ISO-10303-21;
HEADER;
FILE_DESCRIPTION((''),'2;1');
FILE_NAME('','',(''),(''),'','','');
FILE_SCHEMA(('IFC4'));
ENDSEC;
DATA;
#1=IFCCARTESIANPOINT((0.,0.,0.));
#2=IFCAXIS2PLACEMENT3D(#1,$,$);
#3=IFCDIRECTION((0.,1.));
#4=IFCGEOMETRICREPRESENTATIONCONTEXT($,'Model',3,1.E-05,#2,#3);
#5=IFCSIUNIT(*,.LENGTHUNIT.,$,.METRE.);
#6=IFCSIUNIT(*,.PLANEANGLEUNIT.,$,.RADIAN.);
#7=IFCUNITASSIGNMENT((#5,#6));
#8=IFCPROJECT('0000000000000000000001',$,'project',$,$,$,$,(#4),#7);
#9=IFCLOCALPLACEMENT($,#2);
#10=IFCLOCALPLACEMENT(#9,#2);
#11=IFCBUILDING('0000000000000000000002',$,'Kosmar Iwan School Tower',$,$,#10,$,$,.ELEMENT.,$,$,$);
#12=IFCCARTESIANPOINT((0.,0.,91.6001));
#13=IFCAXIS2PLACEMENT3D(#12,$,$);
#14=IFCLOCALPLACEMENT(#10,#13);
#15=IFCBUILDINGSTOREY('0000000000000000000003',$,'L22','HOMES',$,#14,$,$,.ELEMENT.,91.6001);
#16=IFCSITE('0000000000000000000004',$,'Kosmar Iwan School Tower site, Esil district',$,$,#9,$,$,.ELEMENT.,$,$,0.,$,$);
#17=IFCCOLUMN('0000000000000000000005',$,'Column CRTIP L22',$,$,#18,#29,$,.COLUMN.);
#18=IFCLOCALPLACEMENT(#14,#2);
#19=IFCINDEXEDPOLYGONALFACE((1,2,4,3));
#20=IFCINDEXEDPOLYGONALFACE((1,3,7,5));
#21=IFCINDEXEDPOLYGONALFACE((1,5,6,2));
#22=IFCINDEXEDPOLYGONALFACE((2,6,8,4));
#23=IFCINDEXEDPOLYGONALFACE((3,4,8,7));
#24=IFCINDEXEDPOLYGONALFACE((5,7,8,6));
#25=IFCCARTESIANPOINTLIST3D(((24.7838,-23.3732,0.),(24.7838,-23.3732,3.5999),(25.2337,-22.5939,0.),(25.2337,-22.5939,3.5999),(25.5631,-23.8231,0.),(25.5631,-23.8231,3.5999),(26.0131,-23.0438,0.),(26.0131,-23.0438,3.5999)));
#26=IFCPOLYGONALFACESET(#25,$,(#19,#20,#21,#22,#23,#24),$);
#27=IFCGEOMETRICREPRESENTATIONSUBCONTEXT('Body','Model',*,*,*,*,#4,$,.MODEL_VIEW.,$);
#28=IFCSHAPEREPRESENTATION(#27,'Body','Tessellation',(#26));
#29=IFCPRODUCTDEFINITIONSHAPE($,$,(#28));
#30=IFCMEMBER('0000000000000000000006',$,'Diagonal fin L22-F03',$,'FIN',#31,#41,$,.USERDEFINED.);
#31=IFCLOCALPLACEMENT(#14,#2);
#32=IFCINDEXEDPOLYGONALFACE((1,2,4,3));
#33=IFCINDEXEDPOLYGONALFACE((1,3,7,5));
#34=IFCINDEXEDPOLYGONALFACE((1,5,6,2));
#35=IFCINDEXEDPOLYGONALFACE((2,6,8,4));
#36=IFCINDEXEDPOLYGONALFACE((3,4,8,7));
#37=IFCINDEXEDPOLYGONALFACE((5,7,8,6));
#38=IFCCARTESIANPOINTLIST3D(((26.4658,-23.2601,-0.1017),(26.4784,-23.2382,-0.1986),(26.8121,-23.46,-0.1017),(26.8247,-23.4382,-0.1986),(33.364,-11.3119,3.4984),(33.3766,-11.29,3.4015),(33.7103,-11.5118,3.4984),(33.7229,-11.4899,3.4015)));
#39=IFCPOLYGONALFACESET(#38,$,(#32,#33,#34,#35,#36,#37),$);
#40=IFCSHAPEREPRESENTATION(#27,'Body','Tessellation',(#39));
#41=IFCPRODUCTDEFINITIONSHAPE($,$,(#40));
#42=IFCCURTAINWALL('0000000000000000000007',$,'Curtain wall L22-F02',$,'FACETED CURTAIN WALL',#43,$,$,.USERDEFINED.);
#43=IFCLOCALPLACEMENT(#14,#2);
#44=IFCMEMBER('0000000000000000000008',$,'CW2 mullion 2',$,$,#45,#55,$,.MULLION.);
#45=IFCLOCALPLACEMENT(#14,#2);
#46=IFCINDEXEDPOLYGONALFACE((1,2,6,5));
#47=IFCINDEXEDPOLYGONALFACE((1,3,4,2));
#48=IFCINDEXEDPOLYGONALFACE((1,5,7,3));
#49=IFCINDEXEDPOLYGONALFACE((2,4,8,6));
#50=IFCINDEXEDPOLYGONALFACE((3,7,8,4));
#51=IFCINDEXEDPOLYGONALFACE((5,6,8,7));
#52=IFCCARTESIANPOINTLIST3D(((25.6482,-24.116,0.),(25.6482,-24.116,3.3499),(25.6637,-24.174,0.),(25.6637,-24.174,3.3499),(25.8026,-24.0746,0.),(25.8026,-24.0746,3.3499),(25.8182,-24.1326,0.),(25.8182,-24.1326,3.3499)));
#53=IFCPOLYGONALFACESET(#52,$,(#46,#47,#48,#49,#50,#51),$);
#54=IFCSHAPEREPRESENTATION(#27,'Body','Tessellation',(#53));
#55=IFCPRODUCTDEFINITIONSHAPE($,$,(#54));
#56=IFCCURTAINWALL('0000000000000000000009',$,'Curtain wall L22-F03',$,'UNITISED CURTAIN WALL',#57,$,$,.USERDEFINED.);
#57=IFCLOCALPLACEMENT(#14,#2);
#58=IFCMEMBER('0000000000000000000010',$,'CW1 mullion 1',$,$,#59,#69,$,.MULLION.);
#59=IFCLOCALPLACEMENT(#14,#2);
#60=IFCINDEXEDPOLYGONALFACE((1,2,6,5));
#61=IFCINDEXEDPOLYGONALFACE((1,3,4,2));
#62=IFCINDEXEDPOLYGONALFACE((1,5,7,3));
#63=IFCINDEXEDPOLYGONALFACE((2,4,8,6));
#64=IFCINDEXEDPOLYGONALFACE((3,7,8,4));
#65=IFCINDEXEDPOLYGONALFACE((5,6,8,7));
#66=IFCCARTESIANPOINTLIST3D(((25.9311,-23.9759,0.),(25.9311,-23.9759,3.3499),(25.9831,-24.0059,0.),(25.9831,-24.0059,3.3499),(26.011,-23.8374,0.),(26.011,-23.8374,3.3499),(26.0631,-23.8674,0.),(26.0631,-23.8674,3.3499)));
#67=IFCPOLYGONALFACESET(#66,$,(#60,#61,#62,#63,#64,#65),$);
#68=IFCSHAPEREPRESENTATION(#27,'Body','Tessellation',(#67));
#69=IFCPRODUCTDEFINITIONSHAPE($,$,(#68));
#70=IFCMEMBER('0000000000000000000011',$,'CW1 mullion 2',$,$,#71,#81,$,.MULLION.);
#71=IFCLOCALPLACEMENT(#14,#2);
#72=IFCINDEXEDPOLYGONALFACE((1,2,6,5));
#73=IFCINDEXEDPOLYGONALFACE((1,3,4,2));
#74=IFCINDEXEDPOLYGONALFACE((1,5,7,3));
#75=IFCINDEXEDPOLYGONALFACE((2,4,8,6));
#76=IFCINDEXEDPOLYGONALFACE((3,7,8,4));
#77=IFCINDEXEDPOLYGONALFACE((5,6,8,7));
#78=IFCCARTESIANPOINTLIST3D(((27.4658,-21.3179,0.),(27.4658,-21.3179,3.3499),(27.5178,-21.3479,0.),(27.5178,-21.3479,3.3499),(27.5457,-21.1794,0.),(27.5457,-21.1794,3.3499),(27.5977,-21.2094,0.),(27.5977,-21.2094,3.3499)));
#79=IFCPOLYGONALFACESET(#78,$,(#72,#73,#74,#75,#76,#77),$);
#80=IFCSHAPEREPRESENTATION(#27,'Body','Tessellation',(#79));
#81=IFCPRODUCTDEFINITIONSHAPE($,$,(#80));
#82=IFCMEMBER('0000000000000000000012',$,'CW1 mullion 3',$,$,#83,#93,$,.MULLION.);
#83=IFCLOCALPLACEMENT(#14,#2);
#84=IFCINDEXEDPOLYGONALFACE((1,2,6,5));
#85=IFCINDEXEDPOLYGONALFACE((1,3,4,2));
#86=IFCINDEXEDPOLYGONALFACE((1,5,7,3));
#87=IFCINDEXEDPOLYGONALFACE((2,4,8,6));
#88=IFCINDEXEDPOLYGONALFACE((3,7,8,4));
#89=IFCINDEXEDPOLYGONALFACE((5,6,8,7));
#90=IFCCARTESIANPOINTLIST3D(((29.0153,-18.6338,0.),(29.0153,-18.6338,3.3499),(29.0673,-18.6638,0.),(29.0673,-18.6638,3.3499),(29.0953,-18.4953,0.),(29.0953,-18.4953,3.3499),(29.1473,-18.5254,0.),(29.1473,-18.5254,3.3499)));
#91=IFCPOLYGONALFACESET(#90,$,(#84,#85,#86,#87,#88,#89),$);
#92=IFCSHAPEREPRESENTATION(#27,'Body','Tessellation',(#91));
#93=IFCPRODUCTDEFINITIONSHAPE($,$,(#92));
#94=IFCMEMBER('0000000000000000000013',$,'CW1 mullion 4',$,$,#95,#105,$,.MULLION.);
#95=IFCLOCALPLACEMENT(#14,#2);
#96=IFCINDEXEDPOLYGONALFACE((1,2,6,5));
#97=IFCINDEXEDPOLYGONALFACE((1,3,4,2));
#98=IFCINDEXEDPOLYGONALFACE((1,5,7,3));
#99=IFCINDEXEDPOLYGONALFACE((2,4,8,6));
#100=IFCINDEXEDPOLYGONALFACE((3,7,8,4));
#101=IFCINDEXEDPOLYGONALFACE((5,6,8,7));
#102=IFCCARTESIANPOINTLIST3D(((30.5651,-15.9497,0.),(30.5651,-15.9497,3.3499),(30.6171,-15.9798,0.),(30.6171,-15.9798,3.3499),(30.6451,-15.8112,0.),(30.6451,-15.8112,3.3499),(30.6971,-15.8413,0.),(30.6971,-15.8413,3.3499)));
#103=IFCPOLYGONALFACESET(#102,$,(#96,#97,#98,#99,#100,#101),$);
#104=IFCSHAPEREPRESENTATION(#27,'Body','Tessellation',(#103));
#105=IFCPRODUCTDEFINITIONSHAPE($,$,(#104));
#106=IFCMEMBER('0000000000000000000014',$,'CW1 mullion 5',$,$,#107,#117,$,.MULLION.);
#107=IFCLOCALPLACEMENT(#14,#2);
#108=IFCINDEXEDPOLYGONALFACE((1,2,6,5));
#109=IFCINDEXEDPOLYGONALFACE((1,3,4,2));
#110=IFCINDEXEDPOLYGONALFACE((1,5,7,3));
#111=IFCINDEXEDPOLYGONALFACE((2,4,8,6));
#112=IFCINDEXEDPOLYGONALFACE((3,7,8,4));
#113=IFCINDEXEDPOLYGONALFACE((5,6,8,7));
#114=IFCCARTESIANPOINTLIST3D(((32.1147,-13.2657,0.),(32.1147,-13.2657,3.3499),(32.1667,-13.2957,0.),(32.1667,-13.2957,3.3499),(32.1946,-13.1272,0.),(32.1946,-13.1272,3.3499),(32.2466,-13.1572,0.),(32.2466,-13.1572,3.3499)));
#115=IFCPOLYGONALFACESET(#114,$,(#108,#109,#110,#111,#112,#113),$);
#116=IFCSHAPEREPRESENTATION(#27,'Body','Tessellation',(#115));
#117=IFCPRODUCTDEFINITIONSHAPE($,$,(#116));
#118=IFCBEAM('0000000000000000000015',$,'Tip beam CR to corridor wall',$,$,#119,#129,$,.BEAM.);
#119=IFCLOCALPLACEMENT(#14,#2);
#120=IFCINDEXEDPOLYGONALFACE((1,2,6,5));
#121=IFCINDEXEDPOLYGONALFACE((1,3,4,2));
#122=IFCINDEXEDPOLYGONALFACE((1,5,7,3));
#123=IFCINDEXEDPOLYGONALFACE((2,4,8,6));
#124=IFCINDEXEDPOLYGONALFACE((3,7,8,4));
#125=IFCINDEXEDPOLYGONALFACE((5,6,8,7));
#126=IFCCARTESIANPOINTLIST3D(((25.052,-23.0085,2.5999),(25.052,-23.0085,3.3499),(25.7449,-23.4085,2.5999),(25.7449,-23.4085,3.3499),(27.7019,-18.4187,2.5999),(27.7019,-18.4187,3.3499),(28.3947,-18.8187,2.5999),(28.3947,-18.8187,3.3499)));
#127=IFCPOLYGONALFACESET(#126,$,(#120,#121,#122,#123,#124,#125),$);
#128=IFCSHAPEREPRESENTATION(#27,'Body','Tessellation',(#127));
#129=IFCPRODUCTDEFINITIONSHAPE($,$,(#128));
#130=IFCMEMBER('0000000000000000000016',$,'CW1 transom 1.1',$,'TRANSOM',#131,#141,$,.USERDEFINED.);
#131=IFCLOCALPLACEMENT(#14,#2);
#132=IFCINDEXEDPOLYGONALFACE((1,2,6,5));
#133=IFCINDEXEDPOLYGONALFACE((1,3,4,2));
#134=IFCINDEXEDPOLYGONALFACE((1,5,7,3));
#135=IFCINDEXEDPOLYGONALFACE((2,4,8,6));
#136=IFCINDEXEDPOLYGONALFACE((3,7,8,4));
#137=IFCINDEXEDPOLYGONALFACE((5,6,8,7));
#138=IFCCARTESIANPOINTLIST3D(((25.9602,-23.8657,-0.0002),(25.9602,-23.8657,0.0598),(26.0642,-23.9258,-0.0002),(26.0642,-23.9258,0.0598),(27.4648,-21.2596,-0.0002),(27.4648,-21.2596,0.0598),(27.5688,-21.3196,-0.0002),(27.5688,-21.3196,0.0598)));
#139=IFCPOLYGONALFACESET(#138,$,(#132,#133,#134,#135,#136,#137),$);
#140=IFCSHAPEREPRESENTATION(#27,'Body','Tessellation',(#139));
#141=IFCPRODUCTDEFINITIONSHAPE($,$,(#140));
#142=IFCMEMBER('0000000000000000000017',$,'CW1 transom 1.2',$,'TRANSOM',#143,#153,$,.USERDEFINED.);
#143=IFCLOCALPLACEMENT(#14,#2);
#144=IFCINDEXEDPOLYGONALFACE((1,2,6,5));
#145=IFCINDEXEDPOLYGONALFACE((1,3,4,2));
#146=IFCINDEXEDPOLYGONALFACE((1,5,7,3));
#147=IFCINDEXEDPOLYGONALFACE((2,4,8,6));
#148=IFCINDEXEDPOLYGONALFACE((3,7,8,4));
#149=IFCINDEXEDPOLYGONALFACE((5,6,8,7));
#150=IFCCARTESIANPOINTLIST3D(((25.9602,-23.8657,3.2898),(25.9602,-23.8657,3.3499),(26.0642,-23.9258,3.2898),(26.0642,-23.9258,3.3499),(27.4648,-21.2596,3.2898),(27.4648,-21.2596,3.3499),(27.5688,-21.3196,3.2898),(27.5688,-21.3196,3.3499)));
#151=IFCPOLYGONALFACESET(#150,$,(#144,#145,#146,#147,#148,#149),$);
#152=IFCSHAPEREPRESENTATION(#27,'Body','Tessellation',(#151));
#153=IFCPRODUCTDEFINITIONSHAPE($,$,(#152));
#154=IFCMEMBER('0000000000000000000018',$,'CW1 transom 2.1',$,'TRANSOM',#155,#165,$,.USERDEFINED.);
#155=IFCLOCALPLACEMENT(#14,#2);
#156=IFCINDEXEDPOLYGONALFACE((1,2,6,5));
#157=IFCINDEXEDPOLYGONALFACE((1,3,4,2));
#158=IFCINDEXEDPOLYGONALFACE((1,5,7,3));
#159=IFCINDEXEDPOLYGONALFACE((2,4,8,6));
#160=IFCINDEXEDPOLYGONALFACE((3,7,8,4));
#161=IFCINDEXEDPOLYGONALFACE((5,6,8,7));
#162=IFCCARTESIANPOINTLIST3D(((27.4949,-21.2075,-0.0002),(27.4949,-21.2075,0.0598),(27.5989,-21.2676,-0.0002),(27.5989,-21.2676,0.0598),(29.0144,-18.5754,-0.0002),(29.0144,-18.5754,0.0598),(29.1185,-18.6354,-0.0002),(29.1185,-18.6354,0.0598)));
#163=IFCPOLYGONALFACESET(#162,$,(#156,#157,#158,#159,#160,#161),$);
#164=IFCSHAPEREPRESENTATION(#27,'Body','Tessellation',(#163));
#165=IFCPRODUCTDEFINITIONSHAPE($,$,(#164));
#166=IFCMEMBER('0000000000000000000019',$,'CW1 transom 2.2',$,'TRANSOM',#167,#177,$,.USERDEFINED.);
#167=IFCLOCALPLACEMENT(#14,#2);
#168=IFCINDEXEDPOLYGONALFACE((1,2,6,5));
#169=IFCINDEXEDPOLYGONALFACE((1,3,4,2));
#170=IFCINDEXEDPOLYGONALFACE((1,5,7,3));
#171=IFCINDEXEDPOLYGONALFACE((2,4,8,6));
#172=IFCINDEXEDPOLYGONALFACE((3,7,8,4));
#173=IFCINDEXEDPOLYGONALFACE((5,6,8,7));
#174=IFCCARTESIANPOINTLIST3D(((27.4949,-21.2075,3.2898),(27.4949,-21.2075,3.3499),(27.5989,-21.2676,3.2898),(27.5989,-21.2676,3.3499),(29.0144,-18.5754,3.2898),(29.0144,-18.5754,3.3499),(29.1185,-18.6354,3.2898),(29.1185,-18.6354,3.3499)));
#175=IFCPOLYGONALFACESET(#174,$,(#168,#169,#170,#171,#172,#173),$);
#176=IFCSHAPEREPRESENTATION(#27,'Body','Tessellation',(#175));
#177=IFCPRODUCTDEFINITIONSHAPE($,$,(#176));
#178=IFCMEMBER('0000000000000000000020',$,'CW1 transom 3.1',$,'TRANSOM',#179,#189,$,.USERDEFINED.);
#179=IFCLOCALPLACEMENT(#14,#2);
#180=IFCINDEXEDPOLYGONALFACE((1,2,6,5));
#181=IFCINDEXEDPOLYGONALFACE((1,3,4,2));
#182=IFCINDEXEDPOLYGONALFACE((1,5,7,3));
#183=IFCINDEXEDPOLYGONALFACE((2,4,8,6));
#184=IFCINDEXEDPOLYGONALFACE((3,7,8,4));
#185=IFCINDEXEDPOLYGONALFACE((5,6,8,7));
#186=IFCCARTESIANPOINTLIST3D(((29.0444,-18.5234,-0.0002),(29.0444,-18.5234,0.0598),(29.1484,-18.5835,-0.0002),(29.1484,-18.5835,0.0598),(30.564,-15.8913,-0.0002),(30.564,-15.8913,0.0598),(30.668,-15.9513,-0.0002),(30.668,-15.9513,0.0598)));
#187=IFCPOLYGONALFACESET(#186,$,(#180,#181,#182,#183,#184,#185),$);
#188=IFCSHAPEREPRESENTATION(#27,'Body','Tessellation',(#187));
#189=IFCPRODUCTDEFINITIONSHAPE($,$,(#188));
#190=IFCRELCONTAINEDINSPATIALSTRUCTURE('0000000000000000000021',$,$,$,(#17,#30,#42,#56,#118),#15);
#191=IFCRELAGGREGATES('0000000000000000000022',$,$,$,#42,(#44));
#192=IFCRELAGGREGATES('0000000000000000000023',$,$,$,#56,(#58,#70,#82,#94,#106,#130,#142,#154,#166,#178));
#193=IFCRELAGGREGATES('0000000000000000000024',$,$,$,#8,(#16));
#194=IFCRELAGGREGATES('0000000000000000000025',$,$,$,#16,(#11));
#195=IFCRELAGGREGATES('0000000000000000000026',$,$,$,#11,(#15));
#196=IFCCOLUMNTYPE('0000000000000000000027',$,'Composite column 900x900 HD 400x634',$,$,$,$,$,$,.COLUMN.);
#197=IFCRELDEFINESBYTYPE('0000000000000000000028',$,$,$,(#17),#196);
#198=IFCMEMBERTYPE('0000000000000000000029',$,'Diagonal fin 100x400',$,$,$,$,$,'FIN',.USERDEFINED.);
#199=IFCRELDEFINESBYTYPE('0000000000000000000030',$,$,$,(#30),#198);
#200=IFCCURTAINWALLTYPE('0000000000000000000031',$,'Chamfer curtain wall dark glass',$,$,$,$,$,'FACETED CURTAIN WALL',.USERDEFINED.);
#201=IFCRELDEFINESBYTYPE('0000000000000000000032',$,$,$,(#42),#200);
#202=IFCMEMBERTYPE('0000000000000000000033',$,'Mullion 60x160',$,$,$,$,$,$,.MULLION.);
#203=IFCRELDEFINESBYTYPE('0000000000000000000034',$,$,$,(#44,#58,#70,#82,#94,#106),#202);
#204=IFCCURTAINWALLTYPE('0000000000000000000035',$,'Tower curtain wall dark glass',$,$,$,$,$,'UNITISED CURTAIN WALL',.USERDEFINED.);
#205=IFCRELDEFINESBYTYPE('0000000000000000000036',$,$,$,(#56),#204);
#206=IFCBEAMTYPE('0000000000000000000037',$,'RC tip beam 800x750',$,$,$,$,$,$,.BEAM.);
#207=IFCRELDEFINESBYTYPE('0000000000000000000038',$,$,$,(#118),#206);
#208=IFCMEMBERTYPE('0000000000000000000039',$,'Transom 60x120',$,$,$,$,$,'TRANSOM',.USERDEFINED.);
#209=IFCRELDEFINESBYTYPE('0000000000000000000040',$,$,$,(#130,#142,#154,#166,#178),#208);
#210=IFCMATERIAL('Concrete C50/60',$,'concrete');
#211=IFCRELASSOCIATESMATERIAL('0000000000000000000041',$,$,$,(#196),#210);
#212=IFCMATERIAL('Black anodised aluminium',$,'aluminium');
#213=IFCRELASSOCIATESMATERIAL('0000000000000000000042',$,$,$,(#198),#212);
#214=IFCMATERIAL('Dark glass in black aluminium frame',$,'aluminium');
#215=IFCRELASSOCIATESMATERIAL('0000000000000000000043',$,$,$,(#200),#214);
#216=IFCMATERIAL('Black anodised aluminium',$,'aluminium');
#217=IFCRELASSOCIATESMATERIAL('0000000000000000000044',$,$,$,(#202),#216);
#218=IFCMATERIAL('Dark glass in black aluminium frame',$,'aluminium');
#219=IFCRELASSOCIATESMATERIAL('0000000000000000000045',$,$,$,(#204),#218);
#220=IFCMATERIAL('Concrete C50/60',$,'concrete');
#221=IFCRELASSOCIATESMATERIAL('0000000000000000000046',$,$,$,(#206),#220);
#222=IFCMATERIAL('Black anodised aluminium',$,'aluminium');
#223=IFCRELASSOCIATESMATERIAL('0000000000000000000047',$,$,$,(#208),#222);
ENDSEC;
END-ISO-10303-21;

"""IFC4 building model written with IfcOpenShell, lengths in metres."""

from ifc_helpers import new_model, si_unit, direction, frame, origin, origin_2d, place, context, subcontext, project, spatial, rectangle, extrude, material, material_profile, profile_set, type_object, element, aggregate, save


model = new_model("IFC4")

# Units and contexts
model_context = context("Model", 3, precision=1e-05, world=origin(), true_north=direction((0.0, 1.0)))
body_context = subcontext(model_context, "Body", "Model", "MODEL_VIEW")
ifc_project = project(units=[si_unit("LENGTHUNIT", "METRE"), si_unit("PLANEANGLEUNIT", "RADIAN")], contexts=[model_context])

# Site, building, storey
site_placement = place(None, origin())
site = spatial("IfcSite", under=ifc_project, at=site_placement, Name="Kosmar Iwan School Tower site, Esil district", CompositionType="ELEMENT", RefElevation=0.0)
building_placement = place(site_placement, origin())
building = spatial("IfcBuilding", under=site, at=building_placement, Name="Kosmar Iwan School Tower", CompositionType="ELEMENT")
storey_placement = place(building_placement, frame((0.0, 0.0, 91.6001)))
storey = spatial("IfcBuildingStorey", under=building, at=storey_placement, Name="L22", Description="HOMES", CompositionType="ELEMENT", Elevation=91.6001)

# Column
ifc_material_1 = material(Name="Concrete C50/60", Category="concrete")
ifc_material_profile_1 = material_profile(ifc_material_1, rectangle(XDim=0.8999, YDim=0.8999, at=origin_2d()), Name="RC 900x900 + HD 400x634")
ifc_profile_set_1 = profile_set([ifc_material_profile_1], Name="Concrete C50/60")
column_type = type_object("IfcColumnType", Name="Composite column 900x900 HD 400x634", PredefinedType="COLUMN", material=ifc_profile_set_1)
column_placement = place(storey_placement, frame((25.3984, -23.2085, 0.0), z_axis=(0.0, 0.0, 1.0), x_axis=(0.866025, -0.5, 0.0)))
element("IfcColumn", 1, at=column_placement, inside=storey, type_object=column_type, Name="Column CRTIP L22", PredefinedType="COLUMN", context=body_context, shape_type="SweptSolid", body=[
    extrude(rectangle(XDim=0.8999, YDim=0.8999, at=origin_2d()), origin(), (0.0, 0.0, 1.0), 3.5999),
])

# Member
ifc_material_2 = material(Name="Black anodised aluminium", Category="aluminium")
ifc_material_profile_2 = material_profile(ifc_material_2, rectangle(XDim=0.1001, YDim=0.3999, at=origin_2d()), Name="FIN 100x400")
ifc_profile_set_2 = profile_set([ifc_material_profile_2], Name="Black anodised aluminium")
member_type_1 = type_object("IfcMemberType", Name="Diagonal fin 100x400", ElementType="FIN", PredefinedType="USERDEFINED", material=ifc_profile_set_2)
member_1_placement = place(storey_placement, frame((26.6453, -23.3491, -0.1501), z_axis=(0.483793, 0.83797, 0.252487), x_axis=(-0.126242, -0.218661, 0.9676)))
element("IfcMember", 2, at=member_1_placement, inside=storey, type_object=member_type_1, Name="Diagonal fin L22-F03", ObjectType="FIN", PredefinedType="USERDEFINED", context=body_context, shape_type="SweptSolid", body=[
    extrude(rectangle(XDim=0.1001, YDim=0.3999, at=origin_2d()), origin(), (0.0, 0.0, 1.0), 14.2585),
])

# Curtain wall, member
ifc_material_3 = material(Name="Dark glass in black aluminium frame", Category="aluminium")
curtain_wall_type_1 = type_object("IfcCurtainWallType", Name="Chamfer curtain wall dark glass", ElementType="FACETED CURTAIN WALL", PredefinedType="USERDEFINED", material=ifc_material_3)
curtain_wall_1_placement = place(storey_placement, origin())
curtain_wall_1 = element("IfcCurtainWall", 3, at=curtain_wall_1_placement, inside=storey, type_object=curtain_wall_type_1, Name="Curtain wall L22-F02", ObjectType="FACETED CURTAIN WALL", PredefinedType="USERDEFINED")
ifc_material_4 = material(Name="Black anodised aluminium", Category="aluminium")
ifc_material_profile_3 = material_profile(ifc_material_4, rectangle(XDim=0.0601, YDim=0.1599, at=origin_2d()), Name="MULLION 60x160")
ifc_profile_set_3 = profile_set([ifc_material_profile_3], Name="Black anodised aluminium")
member_type_2 = type_object("IfcMemberType", Name="Mullion 60x160", PredefinedType="MULLION", material=ifc_profile_set_3)
member_2_placement = place(storey_placement, frame((25.7332, -24.1243, 0.0), z_axis=(0.0, 0.0, 1.0), x_axis=(-0.258819, 0.965926, 0.0)))
member_2 = element("IfcMember", 4, at=member_2_placement, type_object=member_type_2, Name="CW2 mullion 2", PredefinedType="MULLION", context=body_context, shape_type="SweptSolid", body=[
    extrude(rectangle(XDim=0.0601, YDim=0.1599, at=origin_2d()), origin(), (0.0, 0.0, 1.0), 3.3499),
])

# Curtain wall, members
ifc_material_5 = material(Name="Dark glass in black aluminium frame", Category="aluminium")
curtain_wall_type_2 = type_object("IfcCurtainWallType", Name="Tower curtain wall dark glass", ElementType="UNITISED CURTAIN WALL", PredefinedType="USERDEFINED", material=ifc_material_5)
curtain_wall_2_placement = place(storey_placement, origin())
curtain_wall_2 = element("IfcCurtainWall", 5, at=curtain_wall_2_placement, inside=storey, type_object=curtain_wall_type_2, Name="Curtain wall L22-F03", ObjectType="UNITISED CURTAIN WALL", PredefinedType="USERDEFINED")
member_3_placement = place(storey_placement, frame((25.9971, -23.9216, 0.0), z_axis=(0.0, 0.0, 1.0), x_axis=(-0.866025, 0.5, 0.0)))
member_3 = element("IfcMember", 6, at=member_3_placement, type_object=member_type_2, Name="CW1 mullion 1", PredefinedType="MULLION", context=body_context, shape_type="SweptSolid", body=[
    extrude(rectangle(XDim=0.0601, YDim=0.1599, at=origin_2d()), origin(), (0.0, 0.0, 1.0), 3.3499),
])
member_4_placement = place(storey_placement, frame((27.5317, -21.2637, 0.0), z_axis=(0.0, 0.0, 1.0), x_axis=(-0.866025, 0.5, 0.0)))
member_4 = element("IfcMember", 7, at=member_4_placement, type_object=member_type_2, Name="CW1 mullion 2", PredefinedType="MULLION", context=body_context, shape_type="SweptSolid", body=[
    extrude(rectangle(XDim=0.0601, YDim=0.1599, at=origin_2d()), origin(), (0.0, 0.0, 1.0), 3.3499),
])
member_5_placement = place(storey_placement, frame((29.0813, -18.5796, 0.0), z_axis=(0.0, 0.0, 1.0), x_axis=(-0.866025, 0.5, 0.0)))
member_5 = element("IfcMember", 8, at=member_5_placement, type_object=member_type_2, Name="CW1 mullion 3", PredefinedType="MULLION", context=body_context, shape_type="SweptSolid", body=[
    extrude(rectangle(XDim=0.0601, YDim=0.1599, at=origin_2d()), origin(), (0.0, 0.0, 1.0), 3.3499),
])
member_6_placement = place(storey_placement, frame((30.6311, -15.8955, 0.0), z_axis=(0.0, 0.0, 1.0), x_axis=(-0.866025, 0.5, 0.0)))
member_6 = element("IfcMember", 9, at=member_6_placement, type_object=member_type_2, Name="CW1 mullion 4", PredefinedType="MULLION", context=body_context, shape_type="SweptSolid", body=[
    extrude(rectangle(XDim=0.0601, YDim=0.1599, at=origin_2d()), origin(), (0.0, 0.0, 1.0), 3.3499),
])
member_7_placement = place(storey_placement, frame((32.1807, -13.2114, 0.0), z_axis=(0.0, 0.0, 1.0), x_axis=(-0.866025, 0.5, 0.0)))
member_7 = element("IfcMember", 10, at=member_7_placement, type_object=member_type_2, Name="CW1 mullion 5", PredefinedType="MULLION", context=body_context, shape_type="SweptSolid", body=[
    extrude(rectangle(XDim=0.0601, YDim=0.1599, at=origin_2d()), origin(), (0.0, 0.0, 1.0), 3.3499),
])

# Beam
ifc_material_6 = material(Name="Concrete C50/60", Category="concrete")
ifc_material_profile_4 = material_profile(ifc_material_6, rectangle(XDim=0.8, YDim=0.75, at=origin_2d()), Name="RC 800x750")
ifc_profile_set_4 = profile_set([ifc_material_profile_4], Name="Concrete C50/60")
beam_type = type_object("IfcBeamType", Name="RC tip beam 800x750", PredefinedType="BEAM", material=ifc_profile_set_4)
beam_placement = place(storey_placement, frame((25.3984, -23.2085, 2.9749), z_axis=(0.499994, 0.866029, 0.0), x_axis=(-0.866029, 0.499994, 0.0)))
element("IfcBeam", 11, at=beam_placement, inside=storey, type_object=beam_type, Name="Tip beam CR to corridor wall", PredefinedType="BEAM", context=body_context, shape_type="SweptSolid", body=[
    extrude(rectangle(XDim=0.8, YDim=0.75, at=origin_2d()), origin(), (0.0, 0.0, 1.0), 5.2998),
])

# Members
ifc_material_7 = material(Name="Black anodised aluminium", Category="aluminium")
ifc_material_profile_5 = material_profile(ifc_material_7, rectangle(XDim=0.1201, YDim=0.0601, at=origin_2d()), Name="TRANSOM 60x120")
ifc_profile_set_5 = profile_set([ifc_material_profile_5], Name="Black anodised aluminium")
member_type_3 = type_object("IfcMemberType", Name="Transom 60x120", ElementType="TRANSOM", PredefinedType="USERDEFINED", material=ifc_profile_set_5)
member_8_placement = place(storey_placement, frame((26.0122, -23.8958, 0.0298), z_axis=(0.499987, 0.866033, 0.0), x_axis=(-0.866033, 0.499987, 0.0)))
member_8 = element("IfcMember", 12, at=member_8_placement, type_object=member_type_3, Name="CW1 transom 1.1", ObjectType="TRANSOM", PredefinedType="USERDEFINED", context=body_context, shape_type="SweptSolid", body=[
    extrude(rectangle(XDim=0.1201, YDim=0.0601, at=origin_2d()), origin(), (0.0, 0.0, 1.0), 3.0093),
])
member_9_placement = place(storey_placement, frame((26.0122, -23.8958, 3.3198), z_axis=(0.499987, 0.866033, 0.0), x_axis=(-0.866033, 0.499987, 0.0)))
member_9 = element("IfcMember", 13, at=member_9_placement, type_object=member_type_3, Name="CW1 transom 1.2", ObjectType="TRANSOM", PredefinedType="USERDEFINED", context=body_context, shape_type="SweptSolid", body=[
    extrude(rectangle(XDim=0.1201, YDim=0.0601, at=origin_2d()), origin(), (0.0, 0.0, 1.0), 3.0093),
])
member_10_placement = place(storey_placement, frame((27.5469, -21.2375, 0.0298), z_axis=(0.499975, 0.86604, 0.0), x_axis=(-0.86604, 0.499975, 0.0)))
member_10 = element("IfcMember", 14, at=member_10_placement, type_object=member_type_3, Name="CW1 transom 2.1", ObjectType="TRANSOM", PredefinedType="USERDEFINED", context=body_context, shape_type="SweptSolid", body=[
    extrude(rectangle(XDim=0.1201, YDim=0.0601, at=origin_2d()), origin(), (0.0, 0.0, 1.0), 3.0393),
])
member_11_placement = place(storey_placement, frame((27.5469, -21.2375, 3.3198), z_axis=(0.499975, 0.86604, 0.0), x_axis=(-0.86604, 0.499975, 0.0)))
member_11 = element("IfcMember", 15, at=member_11_placement, type_object=member_type_3, Name="CW1 transom 2.2", ObjectType="TRANSOM", PredefinedType="USERDEFINED", context=body_context, shape_type="SweptSolid", body=[
    extrude(rectangle(XDim=0.1201, YDim=0.0601, at=origin_2d()), origin(), (0.0, 0.0, 1.0), 3.0393),
])
member_12_placement = place(storey_placement, frame((29.0964, -18.5535, 0.0298), z_axis=(0.499975, 0.86604, 0.0), x_axis=(-0.86604, 0.499975, 0.0)))
member_12 = element("IfcMember", 16, at=member_12_placement, type_object=member_type_3, Name="CW1 transom 3.1", ObjectType="TRANSOM", PredefinedType="USERDEFINED", context=body_context, shape_type="SweptSolid", body=[
    extrude(rectangle(XDim=0.1201, YDim=0.0601, at=origin_2d()), origin(), (0.0, 0.0, 1.0), 3.0393),
])

aggregate(curtain_wall_1, [member_2])
aggregate(curtain_wall_2, [member_3, member_4, member_5, member_6, member_7, member_8, member_9, member_10, member_11, member_12])

save(model, "model.ifc")
